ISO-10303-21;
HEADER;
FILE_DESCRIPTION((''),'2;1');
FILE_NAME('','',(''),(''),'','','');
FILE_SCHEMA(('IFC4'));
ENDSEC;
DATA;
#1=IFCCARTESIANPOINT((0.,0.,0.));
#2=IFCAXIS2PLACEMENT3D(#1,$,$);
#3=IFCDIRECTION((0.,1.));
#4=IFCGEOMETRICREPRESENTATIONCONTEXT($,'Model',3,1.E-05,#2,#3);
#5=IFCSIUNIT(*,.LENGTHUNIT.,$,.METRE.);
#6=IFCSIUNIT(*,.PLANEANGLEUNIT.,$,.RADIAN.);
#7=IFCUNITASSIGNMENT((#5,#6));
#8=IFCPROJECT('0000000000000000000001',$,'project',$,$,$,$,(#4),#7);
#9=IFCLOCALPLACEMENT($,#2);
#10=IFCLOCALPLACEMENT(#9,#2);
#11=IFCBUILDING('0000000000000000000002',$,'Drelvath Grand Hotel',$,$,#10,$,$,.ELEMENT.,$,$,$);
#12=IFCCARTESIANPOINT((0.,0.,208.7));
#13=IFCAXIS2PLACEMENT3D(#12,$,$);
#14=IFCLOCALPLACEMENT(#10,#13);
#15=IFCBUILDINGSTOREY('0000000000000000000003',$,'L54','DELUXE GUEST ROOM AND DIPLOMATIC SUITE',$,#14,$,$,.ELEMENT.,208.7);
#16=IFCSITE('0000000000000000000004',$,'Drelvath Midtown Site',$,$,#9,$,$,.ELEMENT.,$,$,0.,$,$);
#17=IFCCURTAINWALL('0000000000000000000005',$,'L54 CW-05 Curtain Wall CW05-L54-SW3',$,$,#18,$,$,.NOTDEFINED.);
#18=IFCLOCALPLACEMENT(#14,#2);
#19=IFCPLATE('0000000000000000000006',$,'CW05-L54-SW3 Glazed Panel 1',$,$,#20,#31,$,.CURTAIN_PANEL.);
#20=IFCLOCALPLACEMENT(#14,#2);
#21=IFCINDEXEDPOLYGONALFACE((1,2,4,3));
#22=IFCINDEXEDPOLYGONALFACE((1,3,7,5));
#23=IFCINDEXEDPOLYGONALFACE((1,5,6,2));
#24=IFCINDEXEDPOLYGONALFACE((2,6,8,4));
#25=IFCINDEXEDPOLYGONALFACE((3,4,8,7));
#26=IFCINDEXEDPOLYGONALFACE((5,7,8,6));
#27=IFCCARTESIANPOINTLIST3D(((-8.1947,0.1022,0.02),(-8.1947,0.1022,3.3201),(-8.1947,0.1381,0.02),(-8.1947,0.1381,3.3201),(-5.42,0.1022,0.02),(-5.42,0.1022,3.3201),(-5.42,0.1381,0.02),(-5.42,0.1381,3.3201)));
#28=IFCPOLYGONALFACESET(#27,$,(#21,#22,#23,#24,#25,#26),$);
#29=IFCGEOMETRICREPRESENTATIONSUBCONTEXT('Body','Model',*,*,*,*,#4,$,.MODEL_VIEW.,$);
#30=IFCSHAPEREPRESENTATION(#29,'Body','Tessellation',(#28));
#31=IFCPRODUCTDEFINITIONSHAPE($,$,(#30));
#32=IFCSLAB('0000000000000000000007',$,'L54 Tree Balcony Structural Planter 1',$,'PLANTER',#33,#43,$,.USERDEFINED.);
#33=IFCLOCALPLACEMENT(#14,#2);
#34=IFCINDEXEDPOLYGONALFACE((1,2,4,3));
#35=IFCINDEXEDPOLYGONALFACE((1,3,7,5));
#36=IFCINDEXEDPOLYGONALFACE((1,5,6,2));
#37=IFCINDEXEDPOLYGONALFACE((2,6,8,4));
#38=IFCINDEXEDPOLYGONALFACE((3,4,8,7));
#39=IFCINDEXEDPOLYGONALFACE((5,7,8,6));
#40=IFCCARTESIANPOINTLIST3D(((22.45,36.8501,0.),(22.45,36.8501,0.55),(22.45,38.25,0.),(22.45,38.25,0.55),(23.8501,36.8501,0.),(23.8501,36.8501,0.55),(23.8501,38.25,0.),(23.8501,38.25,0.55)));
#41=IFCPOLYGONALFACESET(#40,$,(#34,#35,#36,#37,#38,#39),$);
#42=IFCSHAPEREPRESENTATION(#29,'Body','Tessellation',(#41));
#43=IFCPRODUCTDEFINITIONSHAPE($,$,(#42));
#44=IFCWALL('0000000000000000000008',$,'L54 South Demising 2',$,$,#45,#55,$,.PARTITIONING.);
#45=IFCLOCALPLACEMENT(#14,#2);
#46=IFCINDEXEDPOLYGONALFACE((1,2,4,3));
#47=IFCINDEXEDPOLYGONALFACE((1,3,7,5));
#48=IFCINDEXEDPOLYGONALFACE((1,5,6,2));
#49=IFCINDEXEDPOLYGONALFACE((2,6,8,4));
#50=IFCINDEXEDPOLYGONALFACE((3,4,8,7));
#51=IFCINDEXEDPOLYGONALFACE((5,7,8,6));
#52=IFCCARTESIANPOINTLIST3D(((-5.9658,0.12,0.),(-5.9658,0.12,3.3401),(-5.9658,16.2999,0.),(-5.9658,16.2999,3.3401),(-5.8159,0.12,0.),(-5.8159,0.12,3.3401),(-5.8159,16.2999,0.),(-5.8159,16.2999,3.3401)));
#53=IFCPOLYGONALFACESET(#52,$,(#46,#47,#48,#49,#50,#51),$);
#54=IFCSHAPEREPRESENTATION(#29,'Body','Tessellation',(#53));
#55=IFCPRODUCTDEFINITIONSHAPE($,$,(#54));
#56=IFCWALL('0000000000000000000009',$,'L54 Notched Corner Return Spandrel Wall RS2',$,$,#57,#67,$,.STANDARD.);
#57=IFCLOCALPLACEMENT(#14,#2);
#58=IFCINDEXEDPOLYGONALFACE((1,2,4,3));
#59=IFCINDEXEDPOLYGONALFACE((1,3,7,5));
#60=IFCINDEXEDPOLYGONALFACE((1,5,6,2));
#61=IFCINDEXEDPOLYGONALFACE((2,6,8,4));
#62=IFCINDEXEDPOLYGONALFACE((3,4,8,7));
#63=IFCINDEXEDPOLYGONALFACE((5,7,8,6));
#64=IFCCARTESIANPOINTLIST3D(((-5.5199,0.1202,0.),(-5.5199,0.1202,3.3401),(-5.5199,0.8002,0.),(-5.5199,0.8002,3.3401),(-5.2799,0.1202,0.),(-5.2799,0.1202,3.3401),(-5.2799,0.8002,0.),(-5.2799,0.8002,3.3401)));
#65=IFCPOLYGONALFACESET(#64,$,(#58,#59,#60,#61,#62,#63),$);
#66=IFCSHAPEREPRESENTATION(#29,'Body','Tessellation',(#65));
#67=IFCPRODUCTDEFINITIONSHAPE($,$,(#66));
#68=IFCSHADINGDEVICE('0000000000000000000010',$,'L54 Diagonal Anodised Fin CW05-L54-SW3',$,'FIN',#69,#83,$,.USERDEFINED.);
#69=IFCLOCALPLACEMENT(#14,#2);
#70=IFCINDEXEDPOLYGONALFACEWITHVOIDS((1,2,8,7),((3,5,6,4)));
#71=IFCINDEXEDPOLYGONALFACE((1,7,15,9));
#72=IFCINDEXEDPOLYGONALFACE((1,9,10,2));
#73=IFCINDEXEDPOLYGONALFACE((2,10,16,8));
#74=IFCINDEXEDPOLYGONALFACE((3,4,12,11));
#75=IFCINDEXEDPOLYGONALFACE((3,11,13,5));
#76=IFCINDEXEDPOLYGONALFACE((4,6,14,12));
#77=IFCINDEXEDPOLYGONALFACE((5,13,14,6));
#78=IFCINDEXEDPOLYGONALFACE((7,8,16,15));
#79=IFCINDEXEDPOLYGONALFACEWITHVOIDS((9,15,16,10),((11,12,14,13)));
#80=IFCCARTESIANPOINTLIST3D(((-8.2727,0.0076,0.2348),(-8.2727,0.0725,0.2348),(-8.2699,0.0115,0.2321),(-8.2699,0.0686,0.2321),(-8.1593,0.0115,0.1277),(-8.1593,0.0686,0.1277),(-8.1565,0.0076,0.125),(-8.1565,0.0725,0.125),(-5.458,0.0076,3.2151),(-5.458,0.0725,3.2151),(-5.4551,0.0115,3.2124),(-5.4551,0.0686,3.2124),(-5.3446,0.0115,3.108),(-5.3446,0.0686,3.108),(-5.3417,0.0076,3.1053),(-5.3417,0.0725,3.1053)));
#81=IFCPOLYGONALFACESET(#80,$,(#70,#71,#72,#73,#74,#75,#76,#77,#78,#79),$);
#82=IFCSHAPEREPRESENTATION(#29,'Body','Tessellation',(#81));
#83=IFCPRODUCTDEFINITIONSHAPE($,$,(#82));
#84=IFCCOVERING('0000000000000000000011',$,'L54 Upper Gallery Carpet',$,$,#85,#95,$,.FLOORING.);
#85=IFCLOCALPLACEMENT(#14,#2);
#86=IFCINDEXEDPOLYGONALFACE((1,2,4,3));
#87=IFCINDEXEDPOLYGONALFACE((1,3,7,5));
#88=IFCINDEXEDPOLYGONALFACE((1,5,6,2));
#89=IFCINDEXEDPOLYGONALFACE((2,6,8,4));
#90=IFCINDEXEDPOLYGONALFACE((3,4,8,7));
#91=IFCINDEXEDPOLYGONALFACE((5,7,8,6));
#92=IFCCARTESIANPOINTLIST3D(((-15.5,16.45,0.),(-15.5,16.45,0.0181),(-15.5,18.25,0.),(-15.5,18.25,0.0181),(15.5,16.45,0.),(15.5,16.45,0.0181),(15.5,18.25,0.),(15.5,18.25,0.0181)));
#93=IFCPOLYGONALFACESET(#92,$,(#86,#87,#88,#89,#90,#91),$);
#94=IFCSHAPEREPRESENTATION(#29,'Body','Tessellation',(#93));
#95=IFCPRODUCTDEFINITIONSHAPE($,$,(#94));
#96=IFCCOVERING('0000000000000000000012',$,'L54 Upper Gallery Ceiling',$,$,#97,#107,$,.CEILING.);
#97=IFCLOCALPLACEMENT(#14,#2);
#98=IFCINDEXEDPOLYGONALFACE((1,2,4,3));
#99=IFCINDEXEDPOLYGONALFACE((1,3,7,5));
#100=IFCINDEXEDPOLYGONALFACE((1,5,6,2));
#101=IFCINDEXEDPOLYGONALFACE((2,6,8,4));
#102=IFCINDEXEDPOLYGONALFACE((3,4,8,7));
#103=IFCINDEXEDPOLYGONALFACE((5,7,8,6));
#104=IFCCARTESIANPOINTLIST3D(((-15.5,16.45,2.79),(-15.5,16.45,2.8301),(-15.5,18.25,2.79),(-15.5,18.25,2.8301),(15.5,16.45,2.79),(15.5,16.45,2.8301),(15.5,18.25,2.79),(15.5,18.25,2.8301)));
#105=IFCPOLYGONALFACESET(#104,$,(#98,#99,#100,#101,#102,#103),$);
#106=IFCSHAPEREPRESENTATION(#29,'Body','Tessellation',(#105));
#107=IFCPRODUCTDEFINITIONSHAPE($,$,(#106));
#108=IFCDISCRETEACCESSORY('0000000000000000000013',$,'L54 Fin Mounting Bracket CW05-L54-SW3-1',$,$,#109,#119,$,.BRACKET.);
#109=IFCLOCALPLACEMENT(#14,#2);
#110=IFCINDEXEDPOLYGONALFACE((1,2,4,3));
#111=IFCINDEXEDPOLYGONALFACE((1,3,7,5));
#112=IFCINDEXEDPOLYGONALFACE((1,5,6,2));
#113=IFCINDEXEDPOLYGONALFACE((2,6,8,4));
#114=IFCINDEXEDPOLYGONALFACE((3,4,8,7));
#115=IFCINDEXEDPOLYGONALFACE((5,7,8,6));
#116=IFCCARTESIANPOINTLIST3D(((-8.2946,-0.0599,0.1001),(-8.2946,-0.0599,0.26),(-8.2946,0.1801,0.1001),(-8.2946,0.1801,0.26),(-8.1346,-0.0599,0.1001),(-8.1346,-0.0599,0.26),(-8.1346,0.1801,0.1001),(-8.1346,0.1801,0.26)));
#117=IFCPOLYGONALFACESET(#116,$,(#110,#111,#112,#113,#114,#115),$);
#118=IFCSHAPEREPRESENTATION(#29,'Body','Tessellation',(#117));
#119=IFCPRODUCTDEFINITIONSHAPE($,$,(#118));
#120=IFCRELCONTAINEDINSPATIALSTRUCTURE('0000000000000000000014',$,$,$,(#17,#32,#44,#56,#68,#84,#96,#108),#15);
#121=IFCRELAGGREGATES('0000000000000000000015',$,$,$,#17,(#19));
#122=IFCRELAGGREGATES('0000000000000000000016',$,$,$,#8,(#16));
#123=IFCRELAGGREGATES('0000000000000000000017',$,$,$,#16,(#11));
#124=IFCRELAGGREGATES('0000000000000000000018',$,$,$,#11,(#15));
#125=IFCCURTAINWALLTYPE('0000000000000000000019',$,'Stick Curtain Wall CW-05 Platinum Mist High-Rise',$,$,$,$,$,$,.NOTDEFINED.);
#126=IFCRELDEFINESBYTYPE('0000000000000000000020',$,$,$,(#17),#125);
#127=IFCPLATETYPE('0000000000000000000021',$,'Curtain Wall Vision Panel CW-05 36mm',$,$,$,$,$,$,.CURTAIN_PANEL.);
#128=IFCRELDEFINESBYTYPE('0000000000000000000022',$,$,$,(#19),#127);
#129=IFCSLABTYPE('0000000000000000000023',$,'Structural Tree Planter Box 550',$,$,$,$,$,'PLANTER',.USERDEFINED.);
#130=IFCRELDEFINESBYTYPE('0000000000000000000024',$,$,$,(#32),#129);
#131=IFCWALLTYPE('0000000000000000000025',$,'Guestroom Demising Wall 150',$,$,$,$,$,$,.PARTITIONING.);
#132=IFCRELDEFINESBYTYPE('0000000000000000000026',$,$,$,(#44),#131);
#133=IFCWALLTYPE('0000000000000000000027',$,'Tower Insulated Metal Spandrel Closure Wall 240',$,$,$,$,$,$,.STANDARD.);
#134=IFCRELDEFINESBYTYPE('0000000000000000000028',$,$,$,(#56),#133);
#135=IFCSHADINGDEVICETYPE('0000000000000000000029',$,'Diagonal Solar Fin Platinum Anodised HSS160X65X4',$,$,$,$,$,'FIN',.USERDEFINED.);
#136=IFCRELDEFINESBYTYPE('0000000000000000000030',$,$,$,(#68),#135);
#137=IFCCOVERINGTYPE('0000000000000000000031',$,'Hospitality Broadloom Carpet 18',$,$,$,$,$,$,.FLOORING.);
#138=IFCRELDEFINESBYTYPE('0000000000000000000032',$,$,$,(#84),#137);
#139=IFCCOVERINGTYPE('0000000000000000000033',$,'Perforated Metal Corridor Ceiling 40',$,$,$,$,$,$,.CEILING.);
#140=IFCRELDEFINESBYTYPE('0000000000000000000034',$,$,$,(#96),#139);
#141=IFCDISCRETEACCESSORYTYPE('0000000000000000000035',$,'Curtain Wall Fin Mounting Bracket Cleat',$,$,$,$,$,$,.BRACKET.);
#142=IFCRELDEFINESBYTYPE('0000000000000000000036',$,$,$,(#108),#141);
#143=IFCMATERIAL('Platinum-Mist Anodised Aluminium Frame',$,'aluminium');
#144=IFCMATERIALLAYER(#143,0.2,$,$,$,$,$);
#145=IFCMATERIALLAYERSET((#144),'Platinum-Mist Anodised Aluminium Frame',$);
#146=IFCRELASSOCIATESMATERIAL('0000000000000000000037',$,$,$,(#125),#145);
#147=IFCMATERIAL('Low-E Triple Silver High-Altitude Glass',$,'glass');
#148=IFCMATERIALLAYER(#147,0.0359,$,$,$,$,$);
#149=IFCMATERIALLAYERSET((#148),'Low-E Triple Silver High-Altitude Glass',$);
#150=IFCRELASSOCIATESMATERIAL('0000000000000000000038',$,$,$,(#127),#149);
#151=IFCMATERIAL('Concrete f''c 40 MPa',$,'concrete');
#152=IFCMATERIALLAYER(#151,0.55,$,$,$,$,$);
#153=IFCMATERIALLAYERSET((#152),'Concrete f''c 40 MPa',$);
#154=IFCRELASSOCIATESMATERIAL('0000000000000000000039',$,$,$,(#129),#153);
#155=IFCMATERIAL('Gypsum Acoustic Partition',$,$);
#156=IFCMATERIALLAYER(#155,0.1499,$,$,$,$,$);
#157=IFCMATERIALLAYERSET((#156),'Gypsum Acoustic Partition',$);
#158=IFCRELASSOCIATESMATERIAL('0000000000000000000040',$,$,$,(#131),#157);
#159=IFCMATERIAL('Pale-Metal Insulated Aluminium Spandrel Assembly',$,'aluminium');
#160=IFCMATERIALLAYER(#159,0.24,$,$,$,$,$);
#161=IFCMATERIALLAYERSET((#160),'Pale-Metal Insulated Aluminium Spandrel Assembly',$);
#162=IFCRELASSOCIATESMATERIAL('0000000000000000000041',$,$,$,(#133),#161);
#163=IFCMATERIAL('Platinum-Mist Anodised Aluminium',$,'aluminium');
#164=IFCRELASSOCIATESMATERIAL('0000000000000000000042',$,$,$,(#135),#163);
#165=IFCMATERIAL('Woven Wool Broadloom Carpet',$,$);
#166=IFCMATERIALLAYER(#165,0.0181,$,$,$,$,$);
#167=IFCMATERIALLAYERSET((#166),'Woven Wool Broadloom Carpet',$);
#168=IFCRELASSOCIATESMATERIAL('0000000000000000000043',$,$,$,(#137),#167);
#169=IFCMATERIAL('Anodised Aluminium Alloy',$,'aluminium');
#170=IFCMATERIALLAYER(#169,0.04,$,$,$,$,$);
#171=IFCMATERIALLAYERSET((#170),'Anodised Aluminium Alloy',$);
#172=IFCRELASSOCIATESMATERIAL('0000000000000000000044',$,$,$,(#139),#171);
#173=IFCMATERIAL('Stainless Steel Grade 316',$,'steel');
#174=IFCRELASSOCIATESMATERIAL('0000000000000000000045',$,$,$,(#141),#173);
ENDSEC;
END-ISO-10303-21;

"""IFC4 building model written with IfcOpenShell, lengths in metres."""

from ifc_helpers import new_model, si_unit, direction, frame, frame_2d, origin, origin_2d, place, context, subcontext, project, spatial, polyline, rectangle, hollow_rectangle, outline, extrude, material, layer, layer_set, material_profile, profile_set, type_object, element, aggregate, save


model = new_model("IFC4")

# Units and contexts
model_context = context("Model", 3, precision=1e-05, world=origin(), true_north=direction((0.0, 1.0)))
body_context = subcontext(model_context, "Body", "Model", "MODEL_VIEW")
ifc_project = project(units=[si_unit("LENGTHUNIT", "METRE"), si_unit("PLANEANGLEUNIT", "RADIAN")], contexts=[model_context])

# Site, building, storey
site_placement = place(None, origin())
site = spatial("IfcSite", under=ifc_project, at=site_placement, Name="Drelvath Midtown Site", CompositionType="ELEMENT", RefElevation=0.0)
building_placement = place(site_placement, origin())
building = spatial("IfcBuilding", under=site, at=building_placement, Name="Drelvath Grand Hotel", CompositionType="ELEMENT")
storey_placement = place(building_placement, frame((0.0, 0.0, 208.7)))
storey = spatial("IfcBuildingStorey", under=building, at=storey_placement, Name="L54", Description="DELUXE GUEST ROOM AND DIPLOMATIC SUITE", CompositionType="ELEMENT", Elevation=208.7)

# Curtain wall
ifc_material_1 = material(Name="Platinum-Mist Anodised Aluminium Frame", Category="aluminium")
ifc_layer_1 = layer(ifc_material_1, 0.2)
ifc_layer_set_1 = layer_set([ifc_layer_1], Name="Platinum-Mist Anodised Aluminium Frame")
curtain_wall_type = type_object("IfcCurtainWallType", Name="Stick Curtain Wall CW-05 Platinum Mist High-Rise", PredefinedType="NOTDEFINED", material=ifc_layer_set_1)
curtain_wall_1_placement = place(storey_placement, origin())
curtain_wall_1 = element("IfcCurtainWall", 1, at=curtain_wall_1_placement, inside=storey, type_object=curtain_wall_type, Name="L54 CW-05 Curtain Wall CW05-L54-SW3", PredefinedType="NOTDEFINED")

# Shared definitions
ifc_material_2 = material(Name="Concrete f'c 40 MPa", Category="concrete")

# Plate
ifc_material_3 = material(Name="Low-E Triple Silver High-Altitude Glass", Category="glass")
ifc_layer_2 = layer(ifc_material_3, 0.0359)
ifc_layer_set_2 = layer_set([ifc_layer_2], Name="Low-E Triple Silver High-Altitude Glass")
plate_type = type_object("IfcPlateType", Name="Curtain Wall Vision Panel CW-05 36mm", PredefinedType="CURTAIN_PANEL", material=ifc_layer_set_2)
plate_1_placement = place(storey_placement, frame((-6.8074, 0.1201, 0.02), z_axis=(0.0, 0.0, 1.0), x_axis=(-1.0, 0.0, 0.0)))
plate_1 = element("IfcPlate", 2, at=plate_1_placement, type_object=plate_type, Name="CW05-L54-SW3 Glazed Panel 1", PredefinedType="CURTAIN_PANEL", context=body_context, shape_type="SweptSolid", body=[
    extrude(rectangle(XDim=2.7747, YDim=0.0359, at=origin_2d()), origin(), (0.0, 0.0, 1.0), 3.3),
])
aggregate(curtain_wall_1, [plate_1])

# Slab
ifc_layer_3 = layer(ifc_material_2, 0.55)
ifc_layer_set_3 = layer_set([ifc_layer_3], Name="Concrete f'c 40 MPa")
slab_type_1 = type_object("IfcSlabType", Name="Structural Tree Planter Box 550", ElementType="PLANTER", PredefinedType="USERDEFINED", material=ifc_layer_set_3)
slab_1_placement = place(storey_placement, origin())
element("IfcSlab", 3, at=slab_1_placement, inside=storey, type_object=slab_type_1, Name="L54 Tree Balcony Structural Planter 1", ObjectType="PLANTER", PredefinedType="USERDEFINED", context=body_context, shape_type="SweptSolid", body=[
    extrude(outline(polyline([(22.45, 36.8501), (23.8501, 36.8501), (23.8501, 38.25), (22.45, 38.25), (22.45, 36.8501)])), origin(), (0.0, 0.0, 1.0), 0.55),
])

# Walls
ifc_material_4 = material(Name="Gypsum Acoustic Partition")
ifc_layer_4 = layer(ifc_material_4, 0.1499)
ifc_layer_set_4 = layer_set([ifc_layer_4], Name="Gypsum Acoustic Partition")
wall_type_1 = type_object("IfcWallType", Name="Guestroom Demising Wall 150", PredefinedType="PARTITIONING", material=ifc_layer_set_4)
wall_1_placement = place(storey_placement, frame((-5.8909, 0.1201, 0.0), z_axis=(0.0, 0.0, 1.0), x_axis=(0.0, 1.0, 0.0)))
element("IfcWall", 4, at=wall_1_placement, inside=storey, type_object=wall_type_1, Name="L54 South Demising 2", PredefinedType="PARTITIONING", context=body_context, shape_type="SweptSolid", body=[
    extrude(rectangle(XDim=16.1799, YDim=0.1499, at=frame_2d((8.0898, 0.0))), origin(), (0.0, 0.0, 1.0), 3.3401),
])
ifc_material_5 = material(Name="Pale-Metal Insulated Aluminium Spandrel Assembly", Category="aluminium")
ifc_layer_5 = layer(ifc_material_5, 0.24)
ifc_layer_set_5 = layer_set([ifc_layer_5], Name="Pale-Metal Insulated Aluminium Spandrel Assembly")
wall_type_2 = type_object("IfcWallType", Name="Tower Insulated Metal Spandrel Closure Wall 240", PredefinedType="STANDARD", material=ifc_layer_set_5)
wall_2_placement = place(storey_placement, frame((-5.3999, 0.8, 0.0), z_axis=(0.0, 0.0, 1.0), x_axis=(0.0, -1.0, 0.0)))
element("IfcWall", 5, at=wall_2_placement, inside=storey, type_object=wall_type_2, Name="L54 Notched Corner Return Spandrel Wall RS2", PredefinedType="STANDARD", context=body_context, shape_type="SweptSolid", body=[
    extrude(rectangle(XDim=0.6799, YDim=0.24, at=frame_2d((0.3398, 0.0))), origin(), (0.0, 0.0, 1.0), 3.3401),
])

# Shading device
ifc_material_6 = material(Name="Platinum-Mist Anodised Aluminium", Category="aluminium")
ifc_material_profile_1 = material_profile(ifc_material_6, hollow_rectangle(XDim=0.0649, YDim=0.1599, WallThickness=0.0039, at=origin_2d()), Name="HSS160X65X4")
ifc_profile_set_1 = profile_set([ifc_material_profile_1], Name="Platinum-Mist Anodised Aluminium")
shading_device_type = type_object("IfcShadingDeviceType", Name="Diagonal Solar Fin Platinum Anodised HSS160X65X4", ElementType="FIN", PredefinedType="USERDEFINED", material=ifc_profile_set_1)
shading_device_placement = place(storey_placement, frame((-8.2146, 0.04, 0.1799), z_axis=(0.686629, 0.0, 0.727008), x_axis=(0.0, 1.0, 0.0)))
element("IfcShadingDevice", 6, at=shading_device_placement, inside=storey, type_object=shading_device_type, Name="L54 Diagonal Anodised Fin CW05-L54-SW3", ObjectType="FIN", PredefinedType="USERDEFINED", context=body_context, shape_type="SweptSolid", body=[
    extrude(hollow_rectangle(XDim=0.0649, YDim=0.1599, WallThickness=0.0039, at=origin_2d()), origin(), (0.0, 0.0, 1.0), 4.0994),
])

# Coverings
ifc_material_7 = material(Name="Woven Wool Broadloom Carpet")
ifc_layer_6 = layer(ifc_material_7, 0.0181)
ifc_layer_set_6 = layer_set([ifc_layer_6], Name="Woven Wool Broadloom Carpet")
covering_type_1 = type_object("IfcCoveringType", Name="Hospitality Broadloom Carpet 18", PredefinedType="FLOORING", material=ifc_layer_set_6)
covering_1_placement = place(storey_placement, origin())
element("IfcCovering", 7, at=covering_1_placement, inside=storey, type_object=covering_type_1, Name="L54 Upper Gallery Carpet", PredefinedType="FLOORING", context=body_context, shape_type="SweptSolid", body=[
    extrude(outline(polyline([(15.5, 16.45), (15.5, 18.25), (-15.5, 18.25), (-15.5, 16.45), (15.5, 16.45)])), origin(), (0.0, 0.0, 1.0), 0.0181),
])
ifc_material_8 = material(Name="Anodised Aluminium Alloy", Category="aluminium")
ifc_layer_7 = layer(ifc_material_8, 0.04)
ifc_layer_set_7 = layer_set([ifc_layer_7], Name="Anodised Aluminium Alloy")
covering_type_2 = type_object("IfcCoveringType", Name="Perforated Metal Corridor Ceiling 40", PredefinedType="CEILING", material=ifc_layer_set_7)
covering_2_placement = place(storey_placement, frame((0.0, 0.0, 2.79)))
element("IfcCovering", 8, at=covering_2_placement, inside=storey, type_object=covering_type_2, Name="L54 Upper Gallery Ceiling", PredefinedType="CEILING", context=body_context, shape_type="SweptSolid", body=[
    extrude(outline(polyline([(15.5, 16.45), (15.5, 18.25), (-15.5, 18.25), (-15.5, 16.45), (15.5, 16.45)])), origin(), (0.0, 0.0, 1.0), 0.04),
])

# Discrete accessory
ifc_material_9 = material(Name="Stainless Steel Grade 316", Category="steel")
discrete_accessory_type = type_object("IfcDiscreteAccessoryType", Name="Curtain Wall Fin Mounting Bracket Cleat", PredefinedType="BRACKET", material=ifc_material_9)
discrete_accessory_placement = place(storey_placement, frame((-8.2146, 0.0601, 0.1001), z_axis=(0.0, 0.0, 1.0), x_axis=(-1.0, 0.0, 0.0)))
element("IfcDiscreteAccessory", 9, at=discrete_accessory_placement, inside=storey, type_object=discrete_accessory_type, Name="L54 Fin Mounting Bracket CW05-L54-SW3-1", PredefinedType="BRACKET", context=body_context, shape_type="SweptSolid", body=[
    extrude(rectangle(XDim=0.1599, YDim=0.24, at=origin_2d()), origin(), (0.0, 0.0, 1.0), 0.1599),
])

save(model, "model.ifc")
